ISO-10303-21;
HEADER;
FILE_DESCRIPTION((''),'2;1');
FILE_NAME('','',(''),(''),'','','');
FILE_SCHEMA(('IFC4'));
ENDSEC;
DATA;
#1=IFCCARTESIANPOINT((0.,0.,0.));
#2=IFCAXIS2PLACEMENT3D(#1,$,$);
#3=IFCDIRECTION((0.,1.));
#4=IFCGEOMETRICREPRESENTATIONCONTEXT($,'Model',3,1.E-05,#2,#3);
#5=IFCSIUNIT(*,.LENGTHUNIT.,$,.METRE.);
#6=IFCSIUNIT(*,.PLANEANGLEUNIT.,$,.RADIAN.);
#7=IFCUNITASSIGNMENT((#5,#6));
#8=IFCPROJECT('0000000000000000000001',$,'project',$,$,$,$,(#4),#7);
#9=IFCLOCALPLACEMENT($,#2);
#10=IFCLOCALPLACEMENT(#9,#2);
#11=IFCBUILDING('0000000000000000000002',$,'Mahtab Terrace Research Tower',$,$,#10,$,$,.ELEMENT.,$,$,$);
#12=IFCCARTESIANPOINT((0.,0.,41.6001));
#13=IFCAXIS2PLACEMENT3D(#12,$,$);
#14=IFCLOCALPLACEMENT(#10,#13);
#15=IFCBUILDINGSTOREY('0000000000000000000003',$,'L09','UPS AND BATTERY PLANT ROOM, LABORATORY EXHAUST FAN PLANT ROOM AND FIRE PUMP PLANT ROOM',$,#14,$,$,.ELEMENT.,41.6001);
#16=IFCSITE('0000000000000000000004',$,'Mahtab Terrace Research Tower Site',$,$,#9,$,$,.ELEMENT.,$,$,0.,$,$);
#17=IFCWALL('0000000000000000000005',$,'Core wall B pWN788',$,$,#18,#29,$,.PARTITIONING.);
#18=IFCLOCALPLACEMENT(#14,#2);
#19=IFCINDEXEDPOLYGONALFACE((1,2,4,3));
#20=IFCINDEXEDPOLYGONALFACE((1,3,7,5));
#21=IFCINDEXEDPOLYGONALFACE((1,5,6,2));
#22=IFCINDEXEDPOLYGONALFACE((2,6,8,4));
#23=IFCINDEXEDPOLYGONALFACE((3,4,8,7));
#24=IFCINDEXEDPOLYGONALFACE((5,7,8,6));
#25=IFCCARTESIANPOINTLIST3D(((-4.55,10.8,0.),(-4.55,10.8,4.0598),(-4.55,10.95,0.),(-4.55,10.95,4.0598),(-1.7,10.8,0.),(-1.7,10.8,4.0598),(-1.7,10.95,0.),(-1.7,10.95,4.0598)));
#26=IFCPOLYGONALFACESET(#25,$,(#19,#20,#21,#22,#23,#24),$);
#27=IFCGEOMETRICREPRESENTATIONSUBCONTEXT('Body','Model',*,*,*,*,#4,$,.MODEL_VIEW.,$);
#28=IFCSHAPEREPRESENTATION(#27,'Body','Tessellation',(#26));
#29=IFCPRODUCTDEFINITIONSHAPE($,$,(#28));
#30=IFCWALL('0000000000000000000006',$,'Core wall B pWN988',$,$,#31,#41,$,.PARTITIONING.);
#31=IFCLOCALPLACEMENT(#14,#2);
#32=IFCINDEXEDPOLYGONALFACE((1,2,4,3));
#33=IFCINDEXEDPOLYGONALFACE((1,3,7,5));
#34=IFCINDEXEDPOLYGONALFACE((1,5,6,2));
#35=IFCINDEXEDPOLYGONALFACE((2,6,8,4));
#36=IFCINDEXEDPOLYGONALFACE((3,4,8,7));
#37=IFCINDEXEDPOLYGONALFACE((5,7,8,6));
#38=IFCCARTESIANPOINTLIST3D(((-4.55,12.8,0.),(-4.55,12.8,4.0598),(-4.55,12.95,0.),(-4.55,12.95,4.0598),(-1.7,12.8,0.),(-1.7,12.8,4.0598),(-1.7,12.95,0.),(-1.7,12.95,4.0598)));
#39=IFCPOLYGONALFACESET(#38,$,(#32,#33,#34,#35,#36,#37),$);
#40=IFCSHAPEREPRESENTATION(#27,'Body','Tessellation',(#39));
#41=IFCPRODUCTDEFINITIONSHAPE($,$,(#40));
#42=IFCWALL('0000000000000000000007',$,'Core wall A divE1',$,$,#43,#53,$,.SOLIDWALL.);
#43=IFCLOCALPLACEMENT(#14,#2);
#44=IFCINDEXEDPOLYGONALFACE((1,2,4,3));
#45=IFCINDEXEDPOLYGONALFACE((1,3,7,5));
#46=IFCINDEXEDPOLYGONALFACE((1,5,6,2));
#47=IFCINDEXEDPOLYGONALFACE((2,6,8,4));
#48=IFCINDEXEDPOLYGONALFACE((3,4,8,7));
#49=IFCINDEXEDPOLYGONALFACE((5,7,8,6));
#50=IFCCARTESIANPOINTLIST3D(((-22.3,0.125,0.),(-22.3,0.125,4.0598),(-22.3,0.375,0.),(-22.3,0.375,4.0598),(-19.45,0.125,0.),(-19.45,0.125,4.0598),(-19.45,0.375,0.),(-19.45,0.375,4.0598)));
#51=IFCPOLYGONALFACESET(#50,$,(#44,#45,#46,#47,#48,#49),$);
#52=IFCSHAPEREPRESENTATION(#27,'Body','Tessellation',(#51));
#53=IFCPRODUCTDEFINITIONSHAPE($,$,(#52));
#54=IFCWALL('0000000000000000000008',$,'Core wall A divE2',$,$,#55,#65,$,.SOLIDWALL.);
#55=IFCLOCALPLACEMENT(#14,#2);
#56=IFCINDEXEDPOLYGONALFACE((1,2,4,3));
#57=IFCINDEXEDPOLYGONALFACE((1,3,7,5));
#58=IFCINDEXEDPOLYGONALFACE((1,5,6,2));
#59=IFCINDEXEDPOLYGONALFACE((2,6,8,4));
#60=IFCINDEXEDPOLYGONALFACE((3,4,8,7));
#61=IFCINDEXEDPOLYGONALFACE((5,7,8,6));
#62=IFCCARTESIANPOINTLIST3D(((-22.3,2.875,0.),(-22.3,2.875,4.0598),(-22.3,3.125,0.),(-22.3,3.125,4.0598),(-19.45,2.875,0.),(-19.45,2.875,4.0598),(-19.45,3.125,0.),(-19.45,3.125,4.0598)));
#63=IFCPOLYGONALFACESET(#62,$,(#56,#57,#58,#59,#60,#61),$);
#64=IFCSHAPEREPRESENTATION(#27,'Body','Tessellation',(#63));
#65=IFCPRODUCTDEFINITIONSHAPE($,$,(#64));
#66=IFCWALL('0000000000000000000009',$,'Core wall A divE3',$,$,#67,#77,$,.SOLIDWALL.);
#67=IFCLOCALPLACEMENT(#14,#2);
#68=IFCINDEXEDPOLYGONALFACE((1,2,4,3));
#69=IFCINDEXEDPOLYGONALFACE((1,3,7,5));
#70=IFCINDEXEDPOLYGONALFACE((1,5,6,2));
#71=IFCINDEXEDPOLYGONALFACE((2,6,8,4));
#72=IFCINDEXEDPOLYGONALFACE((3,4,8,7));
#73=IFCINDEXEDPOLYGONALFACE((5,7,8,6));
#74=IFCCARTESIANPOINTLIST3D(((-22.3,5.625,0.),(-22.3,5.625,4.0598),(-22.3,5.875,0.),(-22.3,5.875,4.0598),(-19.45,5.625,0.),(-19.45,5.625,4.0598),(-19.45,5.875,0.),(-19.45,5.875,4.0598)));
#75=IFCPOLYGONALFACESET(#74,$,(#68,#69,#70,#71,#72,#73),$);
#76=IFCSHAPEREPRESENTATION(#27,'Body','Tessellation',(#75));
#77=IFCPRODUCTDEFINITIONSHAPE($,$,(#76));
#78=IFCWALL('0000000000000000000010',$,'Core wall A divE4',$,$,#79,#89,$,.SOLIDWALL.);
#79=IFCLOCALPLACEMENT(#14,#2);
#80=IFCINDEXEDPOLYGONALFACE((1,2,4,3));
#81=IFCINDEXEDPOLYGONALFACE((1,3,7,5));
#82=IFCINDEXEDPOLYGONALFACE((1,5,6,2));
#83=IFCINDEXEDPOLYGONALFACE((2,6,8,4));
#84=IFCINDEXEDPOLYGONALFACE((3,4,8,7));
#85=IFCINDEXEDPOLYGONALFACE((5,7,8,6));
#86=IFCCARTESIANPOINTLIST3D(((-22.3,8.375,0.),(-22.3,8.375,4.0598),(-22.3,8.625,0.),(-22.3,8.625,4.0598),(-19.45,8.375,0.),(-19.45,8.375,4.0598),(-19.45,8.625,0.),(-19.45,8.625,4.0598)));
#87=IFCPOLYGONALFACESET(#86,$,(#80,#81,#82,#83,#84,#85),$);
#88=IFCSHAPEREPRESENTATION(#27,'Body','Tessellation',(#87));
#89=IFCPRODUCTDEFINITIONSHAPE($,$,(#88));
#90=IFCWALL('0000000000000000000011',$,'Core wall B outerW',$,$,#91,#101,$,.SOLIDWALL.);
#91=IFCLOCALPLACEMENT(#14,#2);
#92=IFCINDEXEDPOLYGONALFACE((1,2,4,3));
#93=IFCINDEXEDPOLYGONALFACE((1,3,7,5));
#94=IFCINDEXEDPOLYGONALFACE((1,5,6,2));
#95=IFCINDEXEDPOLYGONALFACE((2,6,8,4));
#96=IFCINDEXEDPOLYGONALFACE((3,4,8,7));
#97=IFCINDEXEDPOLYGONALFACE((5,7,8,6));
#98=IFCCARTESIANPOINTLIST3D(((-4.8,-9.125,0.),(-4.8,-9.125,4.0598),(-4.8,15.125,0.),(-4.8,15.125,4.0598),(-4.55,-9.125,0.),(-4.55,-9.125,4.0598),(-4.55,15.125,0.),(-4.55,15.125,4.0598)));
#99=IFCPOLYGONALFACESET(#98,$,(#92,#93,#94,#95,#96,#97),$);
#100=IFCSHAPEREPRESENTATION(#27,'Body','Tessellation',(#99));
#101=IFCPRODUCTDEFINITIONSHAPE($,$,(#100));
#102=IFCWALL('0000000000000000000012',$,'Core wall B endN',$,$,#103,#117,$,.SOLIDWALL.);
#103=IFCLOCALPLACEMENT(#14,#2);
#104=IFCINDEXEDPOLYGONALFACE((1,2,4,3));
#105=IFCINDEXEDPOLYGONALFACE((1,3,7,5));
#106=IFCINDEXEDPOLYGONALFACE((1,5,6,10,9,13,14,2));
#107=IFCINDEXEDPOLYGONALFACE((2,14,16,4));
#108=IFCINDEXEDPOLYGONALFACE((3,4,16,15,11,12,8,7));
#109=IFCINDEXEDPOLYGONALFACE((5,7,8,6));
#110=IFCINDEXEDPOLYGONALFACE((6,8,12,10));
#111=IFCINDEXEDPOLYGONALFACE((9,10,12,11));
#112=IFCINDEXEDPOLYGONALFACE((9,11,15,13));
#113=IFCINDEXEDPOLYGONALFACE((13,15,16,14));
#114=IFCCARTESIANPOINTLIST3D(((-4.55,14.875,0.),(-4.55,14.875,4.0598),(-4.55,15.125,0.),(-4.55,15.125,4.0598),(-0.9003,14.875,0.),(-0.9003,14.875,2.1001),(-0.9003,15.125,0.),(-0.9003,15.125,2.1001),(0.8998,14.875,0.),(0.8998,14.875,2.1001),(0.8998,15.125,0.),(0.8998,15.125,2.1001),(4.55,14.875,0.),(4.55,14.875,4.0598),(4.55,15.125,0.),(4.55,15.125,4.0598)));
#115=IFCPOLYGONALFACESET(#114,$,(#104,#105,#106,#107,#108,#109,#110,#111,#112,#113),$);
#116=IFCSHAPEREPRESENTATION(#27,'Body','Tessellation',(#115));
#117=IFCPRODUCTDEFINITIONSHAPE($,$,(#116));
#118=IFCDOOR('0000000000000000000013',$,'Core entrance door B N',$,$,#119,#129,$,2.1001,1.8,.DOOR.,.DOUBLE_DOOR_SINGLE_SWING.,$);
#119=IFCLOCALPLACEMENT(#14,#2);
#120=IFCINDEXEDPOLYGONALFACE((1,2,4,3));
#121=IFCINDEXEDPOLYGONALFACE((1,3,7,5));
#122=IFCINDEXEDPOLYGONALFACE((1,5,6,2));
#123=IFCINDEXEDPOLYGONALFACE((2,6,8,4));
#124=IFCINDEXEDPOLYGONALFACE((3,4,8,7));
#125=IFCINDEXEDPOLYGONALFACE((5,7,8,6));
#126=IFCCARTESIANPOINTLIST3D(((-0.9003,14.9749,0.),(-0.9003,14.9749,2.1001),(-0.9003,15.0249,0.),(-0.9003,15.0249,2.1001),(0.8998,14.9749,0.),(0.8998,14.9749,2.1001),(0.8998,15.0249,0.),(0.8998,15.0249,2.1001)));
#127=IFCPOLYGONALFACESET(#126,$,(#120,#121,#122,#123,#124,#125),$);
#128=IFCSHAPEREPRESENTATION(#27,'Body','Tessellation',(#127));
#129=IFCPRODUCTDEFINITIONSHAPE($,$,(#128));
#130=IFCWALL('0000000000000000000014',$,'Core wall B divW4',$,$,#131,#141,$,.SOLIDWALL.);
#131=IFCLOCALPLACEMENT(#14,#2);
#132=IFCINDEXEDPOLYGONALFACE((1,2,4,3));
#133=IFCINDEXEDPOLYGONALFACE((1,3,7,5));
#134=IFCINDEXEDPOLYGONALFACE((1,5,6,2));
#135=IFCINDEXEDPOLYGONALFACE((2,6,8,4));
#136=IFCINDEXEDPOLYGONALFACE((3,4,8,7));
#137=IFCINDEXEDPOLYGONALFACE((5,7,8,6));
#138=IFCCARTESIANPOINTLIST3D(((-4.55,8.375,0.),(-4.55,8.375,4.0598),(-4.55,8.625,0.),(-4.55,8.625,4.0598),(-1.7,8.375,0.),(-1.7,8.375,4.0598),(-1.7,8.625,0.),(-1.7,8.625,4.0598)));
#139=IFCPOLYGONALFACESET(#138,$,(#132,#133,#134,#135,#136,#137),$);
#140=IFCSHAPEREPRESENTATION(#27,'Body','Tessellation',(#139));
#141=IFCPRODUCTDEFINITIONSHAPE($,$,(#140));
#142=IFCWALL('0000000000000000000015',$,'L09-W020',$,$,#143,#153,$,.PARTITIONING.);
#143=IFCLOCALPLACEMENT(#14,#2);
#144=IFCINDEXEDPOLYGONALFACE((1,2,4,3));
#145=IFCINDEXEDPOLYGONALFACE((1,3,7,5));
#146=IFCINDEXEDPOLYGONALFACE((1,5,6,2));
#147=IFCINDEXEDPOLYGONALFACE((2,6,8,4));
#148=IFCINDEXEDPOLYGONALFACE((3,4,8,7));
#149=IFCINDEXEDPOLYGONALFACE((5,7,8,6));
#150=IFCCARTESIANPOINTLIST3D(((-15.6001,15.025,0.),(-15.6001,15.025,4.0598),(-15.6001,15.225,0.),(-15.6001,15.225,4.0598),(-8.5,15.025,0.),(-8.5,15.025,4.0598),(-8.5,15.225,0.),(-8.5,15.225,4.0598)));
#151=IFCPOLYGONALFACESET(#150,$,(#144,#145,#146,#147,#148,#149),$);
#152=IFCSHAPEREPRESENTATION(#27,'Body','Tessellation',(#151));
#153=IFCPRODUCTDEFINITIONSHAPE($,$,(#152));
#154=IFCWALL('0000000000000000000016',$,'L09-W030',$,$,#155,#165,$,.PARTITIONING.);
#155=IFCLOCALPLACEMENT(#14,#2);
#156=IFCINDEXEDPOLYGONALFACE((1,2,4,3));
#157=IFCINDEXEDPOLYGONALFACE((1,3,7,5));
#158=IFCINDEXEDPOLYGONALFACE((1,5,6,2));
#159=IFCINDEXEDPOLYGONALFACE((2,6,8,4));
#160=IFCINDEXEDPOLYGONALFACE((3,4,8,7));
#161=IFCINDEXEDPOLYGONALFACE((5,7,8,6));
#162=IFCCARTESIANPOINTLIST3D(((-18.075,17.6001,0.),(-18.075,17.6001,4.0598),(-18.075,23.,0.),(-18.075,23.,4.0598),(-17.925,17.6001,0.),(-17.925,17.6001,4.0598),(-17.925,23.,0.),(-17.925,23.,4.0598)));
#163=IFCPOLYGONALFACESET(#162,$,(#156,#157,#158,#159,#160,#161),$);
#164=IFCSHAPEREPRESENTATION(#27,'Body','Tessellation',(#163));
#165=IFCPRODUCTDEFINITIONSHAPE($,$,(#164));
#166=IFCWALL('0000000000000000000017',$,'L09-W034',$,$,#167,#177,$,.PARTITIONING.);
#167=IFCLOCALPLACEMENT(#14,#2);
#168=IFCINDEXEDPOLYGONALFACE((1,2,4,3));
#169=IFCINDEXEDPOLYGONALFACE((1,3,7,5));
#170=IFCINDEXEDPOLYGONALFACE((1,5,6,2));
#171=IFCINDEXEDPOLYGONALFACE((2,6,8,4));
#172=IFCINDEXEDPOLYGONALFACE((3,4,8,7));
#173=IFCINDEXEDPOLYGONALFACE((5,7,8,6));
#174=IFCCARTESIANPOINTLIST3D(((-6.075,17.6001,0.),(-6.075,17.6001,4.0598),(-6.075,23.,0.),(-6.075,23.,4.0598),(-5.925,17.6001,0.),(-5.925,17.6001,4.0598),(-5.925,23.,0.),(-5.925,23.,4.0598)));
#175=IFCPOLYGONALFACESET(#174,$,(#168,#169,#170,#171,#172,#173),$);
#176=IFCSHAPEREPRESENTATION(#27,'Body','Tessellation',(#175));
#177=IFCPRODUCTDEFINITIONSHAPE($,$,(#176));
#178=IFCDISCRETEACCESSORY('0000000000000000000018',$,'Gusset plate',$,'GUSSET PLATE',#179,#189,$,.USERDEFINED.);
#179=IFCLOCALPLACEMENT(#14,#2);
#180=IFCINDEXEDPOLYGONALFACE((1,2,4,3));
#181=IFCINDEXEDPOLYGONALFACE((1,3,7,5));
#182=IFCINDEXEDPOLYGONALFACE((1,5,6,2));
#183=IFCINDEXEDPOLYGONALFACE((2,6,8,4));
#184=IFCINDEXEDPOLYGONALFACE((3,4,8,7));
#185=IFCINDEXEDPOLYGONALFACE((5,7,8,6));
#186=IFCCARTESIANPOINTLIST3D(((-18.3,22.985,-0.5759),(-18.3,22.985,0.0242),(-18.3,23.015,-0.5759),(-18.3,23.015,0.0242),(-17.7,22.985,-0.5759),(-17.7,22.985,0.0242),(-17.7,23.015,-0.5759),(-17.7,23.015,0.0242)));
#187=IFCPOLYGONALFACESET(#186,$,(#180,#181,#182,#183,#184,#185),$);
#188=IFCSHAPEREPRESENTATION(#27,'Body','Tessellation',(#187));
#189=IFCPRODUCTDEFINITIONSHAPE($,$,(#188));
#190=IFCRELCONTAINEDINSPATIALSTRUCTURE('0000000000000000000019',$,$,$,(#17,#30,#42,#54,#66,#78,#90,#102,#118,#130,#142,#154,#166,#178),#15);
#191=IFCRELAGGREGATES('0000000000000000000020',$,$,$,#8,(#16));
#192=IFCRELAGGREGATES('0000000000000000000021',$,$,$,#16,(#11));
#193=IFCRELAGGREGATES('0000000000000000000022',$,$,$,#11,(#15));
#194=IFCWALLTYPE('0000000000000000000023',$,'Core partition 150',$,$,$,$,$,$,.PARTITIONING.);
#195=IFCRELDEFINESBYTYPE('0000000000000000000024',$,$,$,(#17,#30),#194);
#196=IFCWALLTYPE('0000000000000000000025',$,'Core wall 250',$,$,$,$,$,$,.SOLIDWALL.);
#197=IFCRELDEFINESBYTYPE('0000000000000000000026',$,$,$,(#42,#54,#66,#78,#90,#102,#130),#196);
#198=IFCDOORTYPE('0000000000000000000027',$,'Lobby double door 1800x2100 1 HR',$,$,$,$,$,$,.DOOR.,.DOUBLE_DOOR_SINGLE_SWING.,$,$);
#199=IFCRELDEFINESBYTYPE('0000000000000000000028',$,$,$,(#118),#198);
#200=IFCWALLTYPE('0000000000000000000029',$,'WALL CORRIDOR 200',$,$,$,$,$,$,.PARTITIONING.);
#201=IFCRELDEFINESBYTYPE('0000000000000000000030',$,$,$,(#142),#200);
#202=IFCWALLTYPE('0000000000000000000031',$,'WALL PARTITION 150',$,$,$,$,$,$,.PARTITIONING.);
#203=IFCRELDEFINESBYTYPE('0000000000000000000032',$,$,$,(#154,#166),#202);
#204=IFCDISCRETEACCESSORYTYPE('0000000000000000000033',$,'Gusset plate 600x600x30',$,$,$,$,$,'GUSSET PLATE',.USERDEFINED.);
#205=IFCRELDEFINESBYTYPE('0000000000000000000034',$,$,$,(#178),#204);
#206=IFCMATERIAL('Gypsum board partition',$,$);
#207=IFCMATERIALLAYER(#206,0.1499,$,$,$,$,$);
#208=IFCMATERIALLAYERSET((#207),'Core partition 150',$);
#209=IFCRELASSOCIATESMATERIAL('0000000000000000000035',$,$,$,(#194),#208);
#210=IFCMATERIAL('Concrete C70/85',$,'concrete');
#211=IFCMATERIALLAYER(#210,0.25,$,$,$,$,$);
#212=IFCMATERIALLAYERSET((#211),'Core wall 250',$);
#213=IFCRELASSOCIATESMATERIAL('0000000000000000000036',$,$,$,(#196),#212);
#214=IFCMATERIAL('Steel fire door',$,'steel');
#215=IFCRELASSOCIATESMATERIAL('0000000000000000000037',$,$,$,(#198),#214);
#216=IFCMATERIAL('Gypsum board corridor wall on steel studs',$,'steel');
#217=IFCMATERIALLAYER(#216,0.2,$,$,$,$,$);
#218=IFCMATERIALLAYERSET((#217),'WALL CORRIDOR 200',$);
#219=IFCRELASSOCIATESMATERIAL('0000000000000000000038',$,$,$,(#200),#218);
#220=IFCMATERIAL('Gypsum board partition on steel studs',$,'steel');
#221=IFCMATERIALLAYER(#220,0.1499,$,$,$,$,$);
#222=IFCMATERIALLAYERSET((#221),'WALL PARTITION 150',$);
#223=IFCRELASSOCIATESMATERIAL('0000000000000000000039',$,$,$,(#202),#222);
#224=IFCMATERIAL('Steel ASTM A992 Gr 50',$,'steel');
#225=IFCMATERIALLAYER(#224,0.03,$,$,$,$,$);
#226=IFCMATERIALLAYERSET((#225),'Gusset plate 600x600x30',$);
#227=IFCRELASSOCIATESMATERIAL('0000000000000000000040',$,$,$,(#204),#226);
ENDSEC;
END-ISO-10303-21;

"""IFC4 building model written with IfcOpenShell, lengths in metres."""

from ifc_helpers import new_model, si_unit, direction, frame, frame_2d, origin, origin_2d, place, context, subcontext, project, spatial, rectangle, extrude, material, layer, layer_set, type_object, element, fill, save


model = new_model("IFC4")

# Units and contexts
model_context = context("Model", 3, precision=1e-05, world=origin(), true_north=direction((0.0, 1.0)))
body_context = subcontext(model_context, "Body", "Model", "MODEL_VIEW")
ifc_project = project(units=[si_unit("LENGTHUNIT", "METRE"), si_unit("PLANEANGLEUNIT", "RADIAN")], contexts=[model_context])

# Site, building, storey
site_placement = place(None, origin())
site = spatial("IfcSite", under=ifc_project, at=site_placement, Name="Mahtab Terrace Research Tower Site", CompositionType="ELEMENT", RefElevation=0.0)
building_placement = place(site_placement, origin())
building = spatial("IfcBuilding", under=site, at=building_placement, Name="Mahtab Terrace Research Tower", CompositionType="ELEMENT")
storey_placement = place(building_placement, frame((0.0, 0.0, 41.6001)))
storey = spatial("IfcBuildingStorey", under=building, at=storey_placement, Name="L09", Description="UPS AND BATTERY PLANT ROOM, LABORATORY EXHAUST FAN PLANT ROOM AND FIRE PUMP PLANT ROOM", CompositionType="ELEMENT", Elevation=41.6001)

# Shared definitions
ifc_material_1 = material(Name="Concrete C70/85", Category="concrete")
ifc_material_2 = material(Name="Steel ASTM A992 Gr 50", Category="steel")

# Walls
ifc_material_3 = material(Name="Gypsum board partition")
ifc_layer_1 = layer(ifc_material_3, 0.1499)
ifc_layer_set_1 = layer_set([ifc_layer_1], Name="Core partition 150")
wall_type_1 = type_object("IfcWallType", Name="Core partition 150", PredefinedType="PARTITIONING", material=ifc_layer_set_1)
for number, where, z_axis, x_axis, name in (
    (1, (-4.55, 10.875, 0.0), (0.0, 0.0, 1.0), (1.0, 0.0, 0.0), "Core wall B pWN788"),
    (2, (-4.55, 12.875, 0.0), (0.0, 0.0, 1.0), (1.0, 0.0, 0.0), "Core wall B pWN988"),
):
    element("IfcWall", number, at=place(storey_placement, frame(where, z_axis=z_axis, x_axis=x_axis)), inside=storey, type_object=wall_type_1, Name=name, PredefinedType="PARTITIONING", context=body_context, shape_type="SweptSolid", body=[
        extrude(rectangle(XDim=2.8501, YDim=0.1499, at=frame_2d((1.425, 0.0))), origin(), (0.0, 0.0, 1.0), 4.0598),
    ])
ifc_layer_2 = layer(ifc_material_1, 0.25)
ifc_layer_set_2 = layer_set([ifc_layer_2], Name="Core wall 250")
wall_type_2 = type_object("IfcWallType", Name="Core wall 250", PredefinedType="SOLIDWALL", material=ifc_layer_set_2)
for number, where, z_axis, x_axis, name in (
    (3, (-22.3, 0.25, 0.0), (0.0, 0.0, 1.0), (1.0, 0.0, 0.0), "Core wall A divE1"),
    (4, (-22.3, 3.0, 0.0), (0.0, 0.0, 1.0), (1.0, 0.0, 0.0), "Core wall A divE2"),
    (5, (-22.3, 5.75, 0.0), (0.0, 0.0, 1.0), (1.0, 0.0, 0.0), "Core wall A divE3"),
    (6, (-22.3, 8.5, 0.0), (0.0, 0.0, 1.0), (1.0, 0.0, 0.0), "Core wall A divE4"),
):
    element("IfcWall", number, at=place(storey_placement, frame(where, z_axis=z_axis, x_axis=x_axis)), inside=storey, type_object=wall_type_2, Name=name, PredefinedType="SOLIDWALL", context=body_context, shape_type="SweptSolid", body=[
        extrude(rectangle(XDim=2.8501, YDim=0.25, at=frame_2d((1.425, 0.0))), origin(), (0.0, 0.0, 1.0), 4.0598),
    ])
wall_1_placement = place(storey_placement, frame((-4.675, 15.125, 0.0), z_axis=(0.0, 0.0, 1.0), x_axis=(0.0, -1.0, 0.0)))
element("IfcWall", 7, at=wall_1_placement, inside=storey, type_object=wall_type_2, Name="Core wall B outerW", PredefinedType="SOLIDWALL", context=body_context, shape_type="SweptSolid", body=[
    extrude(rectangle(XDim=24.25, YDim=0.25, at=frame_2d((12.125, 0.0))), origin(), (0.0, 0.0, 1.0), 4.0598),
])

# Wall, opening, door
wall_2_placement = place(storey_placement, frame((-4.55, 15.0, 0.0), z_axis=(0.0, 0.0, 1.0), x_axis=(1.0, 0.0, 0.0)))
wall_2 = element("IfcWall", 8, at=wall_2_placement, inside=storey, type_object=wall_type_2, Name="Core wall B endN", PredefinedType="SOLIDWALL", context=body_context, shape_type="SweptSolid", body=[
    extrude(rectangle(XDim=9.1001, YDim=0.25, at=frame_2d((4.55, 0.0))), origin(), (0.0, 0.0, 1.0), 4.0598),
])
opening_placement = place(wall_2_placement, frame((3.6499, 0.0, 0.0)))
opening = element("IfcOpeningElement", 9, at=opening_placement, cuts=wall_2, PredefinedType="OPENING", context=body_context, shape_type="SweptSolid", body=[
    extrude(rectangle(XDim=1.8, YDim=2.1001, at=frame_2d((0.8999, 1.05))), frame((0.0, 0.135, 0.0), z_axis=(0.0, -1.0, 0.0), x_axis=(1.0, 0.0, 0.0)), (0.0, 0.0, 1.0), 0.27),
])
ifc_material_4 = material(Name="Steel fire door", Category="steel")
door_type = type_object("IfcDoorType", Name="Lobby double door 1800x2100 1 HR", OperationType="DOUBLE_DOOR_SINGLE_SWING", PredefinedType="DOOR", material=ifc_material_4)
door_placement = place(opening_placement, origin())
door = element("IfcDoor", 10, at=door_placement, inside=storey, type_object=door_type, Name="Core entrance door B N", OperationType="DOUBLE_DOOR_SINGLE_SWING", OverallHeight=2.1001, OverallWidth=1.8, PredefinedType="DOOR", context=body_context, shape_type="SweptSolid", body=[
    extrude(rectangle(XDim=1.8, YDim=2.1001, at=frame_2d((0.8999, 1.05))), frame((0.0, 0.0249, 0.0), z_axis=(0.0, -1.0, 0.0), x_axis=(1.0, 0.0, 0.0)), (0.0, 0.0, 1.0), 0.05),
])
fill(opening, door)

# Walls
wall_3_placement = place(storey_placement, frame((-4.55, 8.5, 0.0), z_axis=(0.0, 0.0, 1.0), x_axis=(1.0, 0.0, 0.0)))
element("IfcWall", 11, at=wall_3_placement, inside=storey, type_object=wall_type_2, Name="Core wall B divW4", PredefinedType="SOLIDWALL", context=body_context, shape_type="SweptSolid", body=[
    extrude(rectangle(XDim=2.8501, YDim=0.25, at=frame_2d((1.425, 0.0))), origin(), (0.0, 0.0, 1.0), 4.0598),
])
ifc_material_5 = material(Name="Gypsum board corridor wall on steel studs", Category="steel")
ifc_layer_3 = layer(ifc_material_5, 0.2)
ifc_layer_set_3 = layer_set([ifc_layer_3], Name="WALL CORRIDOR 200")
wall_type_3 = type_object("IfcWallType", Name="WALL CORRIDOR 200", PredefinedType="PARTITIONING", material=ifc_layer_set_3)
wall_4_placement = place(storey_placement, frame((-15.6001, 15.125, 0.0), z_axis=(0.0, 0.0, 1.0), x_axis=(1.0, 0.0, 0.0)))
element("IfcWall", 12, at=wall_4_placement, inside=storey, type_object=wall_type_3, Name="L09-W020", PredefinedType="PARTITIONING", context=body_context, shape_type="SweptSolid", body=[
    extrude(rectangle(XDim=7.1001, YDim=0.2, at=frame_2d((3.55, 0.0))), origin(), (0.0, 0.0, 1.0), 4.0598),
])
ifc_material_6 = material(Name="Gypsum board partition on steel studs", Category="steel")
ifc_layer_4 = layer(ifc_material_6, 0.1499)
ifc_layer_set_4 = layer_set([ifc_layer_4], Name="WALL PARTITION 150")
wall_type_4 = type_object("IfcWallType", Name="WALL PARTITION 150", PredefinedType="PARTITIONING", material=ifc_layer_set_4)
for number, where, z_axis, x_axis, name in (
    (13, (-18.0, 17.6001, 0.0), (0.0, 0.0, 1.0), (0.0, 1.0, 0.0), "L09-W030"),
    (14, (-6.0, 17.6001, 0.0), (0.0, 0.0, 1.0), (0.0, 1.0, 0.0), "L09-W034"),
):
    element("IfcWall", number, at=place(storey_placement, frame(where, z_axis=z_axis, x_axis=x_axis)), inside=storey, type_object=wall_type_4, Name=name, PredefinedType="PARTITIONING", context=body_context, shape_type="SweptSolid", body=[
        extrude(rectangle(XDim=5.3999, YDim=0.1499, at=frame_2d((2.7, 0.0))), origin(), (0.0, 0.0, 1.0), 4.0598),
    ])

# Discrete accessory
ifc_layer_5 = layer(ifc_material_2, 0.03)
ifc_layer_set_5 = layer_set([ifc_layer_5], Name="Gusset plate 600x600x30")
discrete_accessory_type = type_object("IfcDiscreteAccessoryType", Name="Gusset plate 600x600x30", ElementType="GUSSET PLATE", PredefinedType="USERDEFINED", material=ifc_layer_set_5)
discrete_accessory_placement = place(storey_placement, frame((-18.0, 23.0, -0.5759), z_axis=(0.0, 0.0, 1.0), x_axis=(1.0, 0.0, 0.0)))
element("IfcDiscreteAccessory", 15, at=discrete_accessory_placement, inside=storey, type_object=discrete_accessory_type, Name="Gusset plate", ObjectType="GUSSET PLATE", PredefinedType="USERDEFINED", context=body_context, shape_type="SweptSolid", body=[
    extrude(rectangle(XDim=0.6001, YDim=0.03, at=origin_2d()), origin(), (0.0, 0.0, 1.0), 0.6001),
])

save(model, "model.ifc")
